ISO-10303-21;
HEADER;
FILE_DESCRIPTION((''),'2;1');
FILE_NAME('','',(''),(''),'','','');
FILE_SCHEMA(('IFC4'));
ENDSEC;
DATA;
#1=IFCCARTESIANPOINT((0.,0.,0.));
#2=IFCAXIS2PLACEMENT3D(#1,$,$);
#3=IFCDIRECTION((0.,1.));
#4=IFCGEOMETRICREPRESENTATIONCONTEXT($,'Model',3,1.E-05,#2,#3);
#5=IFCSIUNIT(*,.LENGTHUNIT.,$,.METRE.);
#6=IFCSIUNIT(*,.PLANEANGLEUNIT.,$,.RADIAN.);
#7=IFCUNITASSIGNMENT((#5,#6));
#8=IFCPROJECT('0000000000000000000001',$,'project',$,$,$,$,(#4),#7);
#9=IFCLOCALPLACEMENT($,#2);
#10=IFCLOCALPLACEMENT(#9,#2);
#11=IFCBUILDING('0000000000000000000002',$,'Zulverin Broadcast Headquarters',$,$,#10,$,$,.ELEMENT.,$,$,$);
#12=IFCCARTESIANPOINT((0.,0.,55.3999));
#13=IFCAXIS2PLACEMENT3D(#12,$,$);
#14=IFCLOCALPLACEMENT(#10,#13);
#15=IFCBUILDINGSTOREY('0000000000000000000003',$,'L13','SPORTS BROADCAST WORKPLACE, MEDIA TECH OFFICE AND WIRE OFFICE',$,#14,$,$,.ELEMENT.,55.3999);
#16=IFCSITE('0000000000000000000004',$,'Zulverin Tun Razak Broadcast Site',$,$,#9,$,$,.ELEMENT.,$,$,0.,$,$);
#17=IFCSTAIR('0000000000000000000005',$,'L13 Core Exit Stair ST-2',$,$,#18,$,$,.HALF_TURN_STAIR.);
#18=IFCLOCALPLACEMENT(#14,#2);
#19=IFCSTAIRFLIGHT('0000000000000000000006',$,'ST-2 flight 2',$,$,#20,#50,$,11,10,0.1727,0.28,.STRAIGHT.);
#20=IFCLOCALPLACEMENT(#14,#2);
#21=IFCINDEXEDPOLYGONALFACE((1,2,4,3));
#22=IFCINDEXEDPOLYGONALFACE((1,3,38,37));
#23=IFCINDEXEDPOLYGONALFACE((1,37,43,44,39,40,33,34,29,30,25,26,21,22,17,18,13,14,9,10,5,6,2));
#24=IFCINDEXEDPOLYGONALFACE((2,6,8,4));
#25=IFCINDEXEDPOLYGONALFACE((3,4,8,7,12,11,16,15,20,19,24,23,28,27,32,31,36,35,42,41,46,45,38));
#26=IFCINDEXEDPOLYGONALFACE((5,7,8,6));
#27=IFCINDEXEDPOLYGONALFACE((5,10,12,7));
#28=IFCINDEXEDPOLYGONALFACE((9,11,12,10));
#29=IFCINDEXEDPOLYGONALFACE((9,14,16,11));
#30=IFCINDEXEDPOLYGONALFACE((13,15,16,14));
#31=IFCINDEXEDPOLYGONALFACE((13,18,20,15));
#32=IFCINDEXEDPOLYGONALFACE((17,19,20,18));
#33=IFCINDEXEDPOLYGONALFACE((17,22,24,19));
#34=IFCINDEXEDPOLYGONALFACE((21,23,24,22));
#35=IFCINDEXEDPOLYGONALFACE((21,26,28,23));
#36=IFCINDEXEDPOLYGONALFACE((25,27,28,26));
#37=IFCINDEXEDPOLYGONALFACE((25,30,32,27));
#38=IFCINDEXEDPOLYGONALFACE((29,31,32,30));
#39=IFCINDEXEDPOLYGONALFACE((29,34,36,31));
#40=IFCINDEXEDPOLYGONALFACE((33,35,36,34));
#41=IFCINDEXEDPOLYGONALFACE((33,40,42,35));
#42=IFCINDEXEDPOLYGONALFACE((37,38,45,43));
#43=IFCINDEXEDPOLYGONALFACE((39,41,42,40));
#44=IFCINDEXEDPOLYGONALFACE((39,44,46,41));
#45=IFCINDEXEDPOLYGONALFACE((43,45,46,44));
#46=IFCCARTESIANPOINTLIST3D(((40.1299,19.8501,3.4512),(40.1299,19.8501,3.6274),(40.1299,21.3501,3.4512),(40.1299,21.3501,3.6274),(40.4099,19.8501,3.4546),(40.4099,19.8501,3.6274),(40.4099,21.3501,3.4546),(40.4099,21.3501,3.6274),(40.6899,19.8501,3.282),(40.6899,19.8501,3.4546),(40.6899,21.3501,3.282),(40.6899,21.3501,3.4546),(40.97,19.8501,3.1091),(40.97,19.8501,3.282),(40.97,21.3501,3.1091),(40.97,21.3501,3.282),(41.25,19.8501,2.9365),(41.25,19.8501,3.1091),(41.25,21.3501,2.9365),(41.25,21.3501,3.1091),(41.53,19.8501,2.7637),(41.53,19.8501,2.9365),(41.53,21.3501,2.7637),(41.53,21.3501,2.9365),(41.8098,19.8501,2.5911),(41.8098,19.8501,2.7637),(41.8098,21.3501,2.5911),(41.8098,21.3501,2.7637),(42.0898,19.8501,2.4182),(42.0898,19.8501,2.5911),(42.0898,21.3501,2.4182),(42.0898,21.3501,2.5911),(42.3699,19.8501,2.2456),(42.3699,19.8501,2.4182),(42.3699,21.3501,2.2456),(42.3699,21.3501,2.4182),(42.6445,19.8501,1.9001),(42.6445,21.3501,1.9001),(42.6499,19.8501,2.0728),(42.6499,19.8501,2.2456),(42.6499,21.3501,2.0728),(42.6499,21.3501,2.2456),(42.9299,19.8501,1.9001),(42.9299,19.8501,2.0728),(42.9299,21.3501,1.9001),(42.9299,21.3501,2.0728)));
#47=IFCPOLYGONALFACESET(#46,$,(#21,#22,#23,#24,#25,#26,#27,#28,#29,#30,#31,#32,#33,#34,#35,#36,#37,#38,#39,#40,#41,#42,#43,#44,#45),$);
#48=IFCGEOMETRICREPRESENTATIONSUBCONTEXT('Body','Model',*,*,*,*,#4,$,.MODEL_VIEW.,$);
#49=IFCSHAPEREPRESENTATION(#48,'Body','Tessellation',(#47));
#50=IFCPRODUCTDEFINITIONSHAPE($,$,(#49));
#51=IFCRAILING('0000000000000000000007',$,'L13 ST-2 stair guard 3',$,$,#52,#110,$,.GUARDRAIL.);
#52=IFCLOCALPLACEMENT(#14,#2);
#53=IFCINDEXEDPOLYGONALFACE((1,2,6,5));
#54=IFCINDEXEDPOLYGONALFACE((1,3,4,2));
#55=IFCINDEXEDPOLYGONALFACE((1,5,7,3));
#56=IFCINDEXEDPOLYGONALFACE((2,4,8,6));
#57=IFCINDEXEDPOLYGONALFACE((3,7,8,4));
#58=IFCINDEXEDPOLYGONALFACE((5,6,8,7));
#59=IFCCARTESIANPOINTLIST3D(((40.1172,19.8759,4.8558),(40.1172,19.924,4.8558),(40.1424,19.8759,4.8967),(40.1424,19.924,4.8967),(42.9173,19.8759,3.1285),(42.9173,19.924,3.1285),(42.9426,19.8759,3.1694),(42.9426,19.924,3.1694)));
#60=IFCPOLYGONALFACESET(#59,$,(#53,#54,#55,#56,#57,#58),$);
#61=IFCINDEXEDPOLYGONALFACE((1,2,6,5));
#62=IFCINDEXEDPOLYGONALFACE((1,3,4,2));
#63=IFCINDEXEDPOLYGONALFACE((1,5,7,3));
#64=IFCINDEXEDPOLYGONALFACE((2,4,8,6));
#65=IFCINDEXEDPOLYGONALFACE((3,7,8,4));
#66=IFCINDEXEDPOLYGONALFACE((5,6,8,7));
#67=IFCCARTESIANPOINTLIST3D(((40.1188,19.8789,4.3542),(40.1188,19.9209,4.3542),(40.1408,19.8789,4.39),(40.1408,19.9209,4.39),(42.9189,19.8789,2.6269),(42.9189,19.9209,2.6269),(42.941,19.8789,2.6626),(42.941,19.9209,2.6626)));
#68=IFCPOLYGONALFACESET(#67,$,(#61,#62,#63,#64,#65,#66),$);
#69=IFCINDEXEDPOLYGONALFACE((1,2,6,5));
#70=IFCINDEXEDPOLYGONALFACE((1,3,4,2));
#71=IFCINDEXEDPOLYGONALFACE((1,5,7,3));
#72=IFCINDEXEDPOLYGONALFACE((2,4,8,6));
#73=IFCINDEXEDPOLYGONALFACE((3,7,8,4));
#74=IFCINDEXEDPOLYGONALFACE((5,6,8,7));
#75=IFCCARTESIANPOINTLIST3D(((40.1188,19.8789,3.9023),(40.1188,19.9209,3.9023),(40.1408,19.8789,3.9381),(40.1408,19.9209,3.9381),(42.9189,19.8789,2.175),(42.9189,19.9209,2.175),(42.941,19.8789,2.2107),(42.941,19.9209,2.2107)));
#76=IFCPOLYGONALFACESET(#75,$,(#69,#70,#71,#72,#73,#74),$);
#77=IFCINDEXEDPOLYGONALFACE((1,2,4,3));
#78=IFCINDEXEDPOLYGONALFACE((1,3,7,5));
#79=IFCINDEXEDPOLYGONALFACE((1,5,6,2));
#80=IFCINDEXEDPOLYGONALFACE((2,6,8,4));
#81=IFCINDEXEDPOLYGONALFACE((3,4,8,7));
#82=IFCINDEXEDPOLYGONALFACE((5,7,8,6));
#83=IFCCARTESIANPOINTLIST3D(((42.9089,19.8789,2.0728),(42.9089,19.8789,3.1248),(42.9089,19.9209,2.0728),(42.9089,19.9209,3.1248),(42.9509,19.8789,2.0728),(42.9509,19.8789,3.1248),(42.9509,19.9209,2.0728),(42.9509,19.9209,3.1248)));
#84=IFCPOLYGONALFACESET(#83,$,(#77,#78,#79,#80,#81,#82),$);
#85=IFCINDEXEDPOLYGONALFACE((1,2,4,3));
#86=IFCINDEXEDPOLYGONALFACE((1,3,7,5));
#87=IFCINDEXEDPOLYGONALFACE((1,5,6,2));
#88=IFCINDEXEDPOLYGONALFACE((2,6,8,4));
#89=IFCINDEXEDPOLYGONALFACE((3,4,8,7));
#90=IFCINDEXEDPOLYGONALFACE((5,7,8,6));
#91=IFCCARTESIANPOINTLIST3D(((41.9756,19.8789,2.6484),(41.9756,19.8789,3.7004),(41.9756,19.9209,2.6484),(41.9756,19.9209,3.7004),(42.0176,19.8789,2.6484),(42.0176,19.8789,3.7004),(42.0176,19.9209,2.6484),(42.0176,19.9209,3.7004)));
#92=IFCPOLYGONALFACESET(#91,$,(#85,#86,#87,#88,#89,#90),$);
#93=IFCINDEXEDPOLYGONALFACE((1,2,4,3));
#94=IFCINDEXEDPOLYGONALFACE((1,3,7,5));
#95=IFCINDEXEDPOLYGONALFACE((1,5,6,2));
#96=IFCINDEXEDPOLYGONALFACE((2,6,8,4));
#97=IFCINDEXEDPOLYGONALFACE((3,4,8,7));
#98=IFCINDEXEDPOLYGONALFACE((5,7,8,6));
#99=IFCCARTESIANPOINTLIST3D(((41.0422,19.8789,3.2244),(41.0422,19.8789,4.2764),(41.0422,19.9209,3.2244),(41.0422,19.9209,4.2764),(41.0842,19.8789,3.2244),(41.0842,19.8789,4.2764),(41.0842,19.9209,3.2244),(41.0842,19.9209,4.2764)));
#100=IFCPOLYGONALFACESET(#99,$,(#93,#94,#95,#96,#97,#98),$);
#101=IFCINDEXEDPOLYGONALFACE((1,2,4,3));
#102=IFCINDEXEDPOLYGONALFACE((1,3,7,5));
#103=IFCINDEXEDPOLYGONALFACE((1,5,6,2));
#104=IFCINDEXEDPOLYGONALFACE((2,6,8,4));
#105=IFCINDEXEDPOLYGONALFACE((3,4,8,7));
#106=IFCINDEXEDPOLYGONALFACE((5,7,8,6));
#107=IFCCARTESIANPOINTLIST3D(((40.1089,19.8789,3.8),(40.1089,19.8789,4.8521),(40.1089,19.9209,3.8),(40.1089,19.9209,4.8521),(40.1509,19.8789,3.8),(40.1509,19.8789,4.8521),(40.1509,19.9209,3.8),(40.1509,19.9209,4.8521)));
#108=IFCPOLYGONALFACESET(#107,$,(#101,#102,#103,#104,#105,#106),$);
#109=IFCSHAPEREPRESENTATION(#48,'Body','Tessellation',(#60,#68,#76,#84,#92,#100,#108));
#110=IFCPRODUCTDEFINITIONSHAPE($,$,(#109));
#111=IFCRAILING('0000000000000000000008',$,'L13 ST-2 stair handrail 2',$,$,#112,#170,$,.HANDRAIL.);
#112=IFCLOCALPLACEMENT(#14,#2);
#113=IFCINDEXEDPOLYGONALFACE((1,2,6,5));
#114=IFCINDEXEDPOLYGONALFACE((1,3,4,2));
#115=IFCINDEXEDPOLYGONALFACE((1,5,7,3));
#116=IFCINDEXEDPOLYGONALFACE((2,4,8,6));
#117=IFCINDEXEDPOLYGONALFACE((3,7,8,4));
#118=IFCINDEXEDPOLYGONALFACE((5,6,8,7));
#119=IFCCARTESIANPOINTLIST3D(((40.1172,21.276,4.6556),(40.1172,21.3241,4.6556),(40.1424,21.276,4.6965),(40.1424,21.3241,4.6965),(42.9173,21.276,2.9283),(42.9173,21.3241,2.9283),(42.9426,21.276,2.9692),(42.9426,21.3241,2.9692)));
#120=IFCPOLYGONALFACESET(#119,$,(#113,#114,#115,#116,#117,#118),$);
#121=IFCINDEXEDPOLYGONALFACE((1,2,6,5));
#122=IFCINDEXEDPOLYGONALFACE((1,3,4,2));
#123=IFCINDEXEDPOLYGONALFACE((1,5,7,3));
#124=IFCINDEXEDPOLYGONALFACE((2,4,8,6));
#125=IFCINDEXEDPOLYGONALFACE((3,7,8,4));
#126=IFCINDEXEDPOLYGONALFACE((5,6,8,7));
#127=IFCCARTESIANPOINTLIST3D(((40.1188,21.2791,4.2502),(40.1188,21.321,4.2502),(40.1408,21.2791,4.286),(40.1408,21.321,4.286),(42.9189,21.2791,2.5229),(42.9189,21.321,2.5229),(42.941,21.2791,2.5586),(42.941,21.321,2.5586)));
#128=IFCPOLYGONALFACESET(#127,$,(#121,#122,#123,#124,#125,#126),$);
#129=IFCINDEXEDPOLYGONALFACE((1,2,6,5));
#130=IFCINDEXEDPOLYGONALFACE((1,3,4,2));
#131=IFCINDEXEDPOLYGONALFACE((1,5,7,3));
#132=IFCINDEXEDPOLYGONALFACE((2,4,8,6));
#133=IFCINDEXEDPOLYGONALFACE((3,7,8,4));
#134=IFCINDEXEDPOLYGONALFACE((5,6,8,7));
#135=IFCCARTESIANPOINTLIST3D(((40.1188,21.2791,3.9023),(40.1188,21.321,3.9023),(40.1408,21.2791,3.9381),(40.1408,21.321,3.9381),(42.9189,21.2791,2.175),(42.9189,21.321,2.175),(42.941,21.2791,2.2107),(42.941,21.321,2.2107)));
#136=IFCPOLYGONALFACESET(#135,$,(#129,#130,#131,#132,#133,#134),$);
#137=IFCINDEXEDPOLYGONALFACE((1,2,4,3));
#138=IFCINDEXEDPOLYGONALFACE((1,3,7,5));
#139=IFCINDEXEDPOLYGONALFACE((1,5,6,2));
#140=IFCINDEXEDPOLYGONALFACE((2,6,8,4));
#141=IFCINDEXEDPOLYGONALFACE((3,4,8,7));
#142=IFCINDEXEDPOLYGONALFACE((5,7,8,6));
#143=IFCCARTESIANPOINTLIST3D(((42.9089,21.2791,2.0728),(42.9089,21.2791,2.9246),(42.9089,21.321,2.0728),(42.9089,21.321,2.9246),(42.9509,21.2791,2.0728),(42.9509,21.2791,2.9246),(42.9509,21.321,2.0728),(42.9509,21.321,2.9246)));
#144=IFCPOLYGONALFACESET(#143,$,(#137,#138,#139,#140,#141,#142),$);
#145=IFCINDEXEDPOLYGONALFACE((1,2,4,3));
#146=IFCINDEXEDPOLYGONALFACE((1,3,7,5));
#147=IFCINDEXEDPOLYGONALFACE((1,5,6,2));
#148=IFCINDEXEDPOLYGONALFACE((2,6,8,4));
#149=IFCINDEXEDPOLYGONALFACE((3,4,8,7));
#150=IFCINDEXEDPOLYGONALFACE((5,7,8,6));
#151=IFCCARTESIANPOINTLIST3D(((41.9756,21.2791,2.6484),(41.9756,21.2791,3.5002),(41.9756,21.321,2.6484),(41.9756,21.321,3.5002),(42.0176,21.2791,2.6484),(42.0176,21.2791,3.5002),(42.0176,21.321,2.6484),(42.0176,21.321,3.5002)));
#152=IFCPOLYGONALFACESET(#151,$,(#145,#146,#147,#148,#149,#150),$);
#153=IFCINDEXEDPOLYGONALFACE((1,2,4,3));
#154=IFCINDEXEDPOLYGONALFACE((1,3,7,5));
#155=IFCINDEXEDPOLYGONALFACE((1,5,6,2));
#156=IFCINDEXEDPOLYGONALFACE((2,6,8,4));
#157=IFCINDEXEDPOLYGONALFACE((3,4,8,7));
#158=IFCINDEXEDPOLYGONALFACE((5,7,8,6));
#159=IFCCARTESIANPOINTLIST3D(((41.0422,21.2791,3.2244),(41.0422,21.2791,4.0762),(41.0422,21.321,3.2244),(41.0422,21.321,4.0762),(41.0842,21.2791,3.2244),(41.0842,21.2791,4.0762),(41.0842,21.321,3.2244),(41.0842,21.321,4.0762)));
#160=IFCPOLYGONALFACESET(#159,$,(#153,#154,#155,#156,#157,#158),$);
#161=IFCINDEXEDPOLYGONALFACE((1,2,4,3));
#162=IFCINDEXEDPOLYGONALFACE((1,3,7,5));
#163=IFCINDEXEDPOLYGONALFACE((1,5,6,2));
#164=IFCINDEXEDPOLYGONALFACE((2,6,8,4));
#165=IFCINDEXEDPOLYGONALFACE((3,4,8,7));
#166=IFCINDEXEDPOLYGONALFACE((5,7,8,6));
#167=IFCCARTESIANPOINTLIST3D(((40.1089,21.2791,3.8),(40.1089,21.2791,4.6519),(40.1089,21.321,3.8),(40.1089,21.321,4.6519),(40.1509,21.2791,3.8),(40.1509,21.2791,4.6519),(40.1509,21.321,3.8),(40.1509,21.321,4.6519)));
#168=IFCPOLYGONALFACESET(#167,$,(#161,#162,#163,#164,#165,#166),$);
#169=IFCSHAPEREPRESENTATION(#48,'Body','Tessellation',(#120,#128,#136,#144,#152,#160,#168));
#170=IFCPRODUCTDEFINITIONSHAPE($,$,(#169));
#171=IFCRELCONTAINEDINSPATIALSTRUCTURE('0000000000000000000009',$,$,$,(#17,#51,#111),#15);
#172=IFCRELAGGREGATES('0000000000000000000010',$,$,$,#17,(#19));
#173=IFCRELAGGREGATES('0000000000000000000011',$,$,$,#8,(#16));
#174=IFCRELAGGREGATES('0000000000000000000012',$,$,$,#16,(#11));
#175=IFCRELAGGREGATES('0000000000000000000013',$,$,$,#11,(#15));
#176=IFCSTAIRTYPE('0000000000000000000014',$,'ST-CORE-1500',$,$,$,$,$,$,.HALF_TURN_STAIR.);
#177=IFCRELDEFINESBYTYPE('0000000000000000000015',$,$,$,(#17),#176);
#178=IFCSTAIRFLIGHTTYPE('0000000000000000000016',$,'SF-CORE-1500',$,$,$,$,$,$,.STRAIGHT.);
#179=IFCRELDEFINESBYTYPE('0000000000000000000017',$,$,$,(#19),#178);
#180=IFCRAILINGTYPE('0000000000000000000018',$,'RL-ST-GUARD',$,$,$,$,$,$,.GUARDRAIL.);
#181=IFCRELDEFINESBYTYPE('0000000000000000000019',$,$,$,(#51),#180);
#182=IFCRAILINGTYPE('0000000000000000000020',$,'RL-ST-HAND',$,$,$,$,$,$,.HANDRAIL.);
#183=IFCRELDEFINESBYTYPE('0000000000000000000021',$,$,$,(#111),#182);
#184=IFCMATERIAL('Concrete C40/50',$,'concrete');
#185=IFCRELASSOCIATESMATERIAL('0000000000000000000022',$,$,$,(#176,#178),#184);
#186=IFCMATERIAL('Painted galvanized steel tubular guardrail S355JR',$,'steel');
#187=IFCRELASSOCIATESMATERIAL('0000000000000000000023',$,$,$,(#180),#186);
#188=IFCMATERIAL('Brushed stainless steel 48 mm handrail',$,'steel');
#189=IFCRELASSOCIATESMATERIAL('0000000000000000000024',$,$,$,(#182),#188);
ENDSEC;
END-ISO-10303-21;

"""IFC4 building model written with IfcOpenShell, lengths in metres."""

from ifc_helpers import new_model, si_unit, direction, frame, origin, origin_2d, place, context, subcontext, project, spatial, polyline, rectangle, outline, extrude, material, type_object, element, aggregate, save


model = new_model("IFC4")

# Units and contexts
model_context = context("Model", 3, precision=1e-05, world=origin(), true_north=direction((0.0, 1.0)))
body_context = subcontext(model_context, "Body", "Model", "MODEL_VIEW")
ifc_project = project(units=[si_unit("LENGTHUNIT", "METRE"), si_unit("PLANEANGLEUNIT", "RADIAN")], contexts=[model_context])

# Site, building, storey
site_placement = place(None, origin())
site = spatial("IfcSite", under=ifc_project, at=site_placement, Name="Zulverin Tun Razak Broadcast Site", CompositionType="ELEMENT", RefElevation=0.0)
building_placement = place(site_placement, origin())
building = spatial("IfcBuilding", under=site, at=building_placement, Name="Zulverin Broadcast Headquarters", CompositionType="ELEMENT")
storey_placement = place(building_placement, frame((0.0, 0.0, 55.3999)))
storey = spatial("IfcBuildingStorey", under=building, at=storey_placement, Name="L13", Description="SPORTS BROADCAST WORKPLACE, MEDIA TECH OFFICE AND WIRE OFFICE", CompositionType="ELEMENT", Elevation=55.3999)

# Shared definitions
ifc_material_1 = material(Name="Concrete C40/50", Category="concrete")

# Stair, stair flight
stair_type = type_object("IfcStairType", Name="ST-CORE-1500", PredefinedType="HALF_TURN_STAIR", material=ifc_material_1)
stair_placement = place(storey_placement, origin())
stair = element("IfcStair", 1, at=stair_placement, inside=storey, type_object=stair_type, Name="L13 Core Exit Stair ST-2", PredefinedType="HALF_TURN_STAIR")
stair_flight_type = type_object("IfcStairFlightType", Name="SF-CORE-1500", PredefinedType="STRAIGHT", material=ifc_material_1)
stair_flight_placement = place(storey_placement, frame((42.9299, 20.6001, 1.9001), z_axis=(0.0, 0.0, 1.0), x_axis=(-1.0, 0.0, 0.0)))
stair_flight = element("IfcStairFlight", 2, at=stair_flight_placement, type_object=stair_flight_type, Name="ST-2 flight 2", NumberOfRisers=11, NumberOfTreads=10, PredefinedType="STRAIGHT", RiserHeight=0.1727, TreadLength=0.28, context=body_context, shape_type="SweptSolid", body=[
    extrude(outline(polyline([(0.0, 0.0), (0.0, 0.1726), (0.28, 0.1726), (0.28, 0.3455), (0.5601, 0.3455), (0.5601, 0.5181), (0.8401, 0.5181), (0.8401, 0.6909), (1.1201, 0.6909), (1.1201, 0.8635), (1.3999, 0.8635), (1.3999, 1.0364), (1.6799, 1.0364), (1.6799, 1.209), (1.96, 1.209), (1.96, 1.3818), (2.24, 1.3818), (2.24, 1.5544), (2.52, 1.5544), (2.52, 1.7273), (2.8, 1.7273), (2.8, 1.8999), (2.8, 1.551), (0.2854, 0.0), (0.0, 0.0)])), frame((0.0, 0.75, 0.0), z_axis=(0.0, -1.0, 0.0), x_axis=(1.0, 0.0, 0.0)), (0.0, 0.0, 1.0), 1.5),
])
aggregate(stair, [stair_flight])

# Railings
ifc_material_2 = material(Name="Painted galvanized steel tubular guardrail S355JR", Category="steel")
railing_type_1 = type_object("IfcRailingType", Name="RL-ST-GUARD", PredefinedType="GUARDRAIL", material=ifc_material_2)
railing_1_placement = place(storey_placement, frame((42.9299, 19.8999, 2.0728)))
element("IfcRailing", 3, at=railing_1_placement, inside=storey, type_object=railing_type_1, Name="L13 ST-2 stair guard 3", PredefinedType="GUARDRAIL", context=body_context, shape_type="SweptSolid", body=[
    extrude(rectangle(XDim=0.0481, YDim=0.0481, at=origin_2d()), frame((0.0, 0.0, 1.0762), z_axis=(-0.85109, 0.0, 0.52502), x_axis=(0.0, -1.0, 0.0)), (0.0, 0.0, 1.0), 3.29),
    extrude(rectangle(XDim=0.042, YDim=0.042, at=origin_2d()), frame((0.0, 0.0, 0.572), z_axis=(-0.85109, 0.0, 0.52502), x_axis=(0.0, -1.0, 0.0)), (0.0, 0.0, 1.0), 3.29),
    extrude(rectangle(XDim=0.042, YDim=0.042, at=origin_2d()), frame((0.0, 0.0, 0.1201), z_axis=(-0.85109, 0.0, 0.52502), x_axis=(0.0, -1.0, 0.0)), (0.0, 0.0, 1.0), 3.29),
    extrude(rectangle(XDim=0.042, YDim=0.042, at=origin_2d()), origin(), (0.0, 0.0, 1.0), 1.052),
    extrude(rectangle(XDim=0.042, YDim=0.042, at=origin_2d()), frame((-0.9333, 0.0, 0.5757)), (0.0, 0.0, 1.0), 1.052),
    extrude(rectangle(XDim=0.042, YDim=0.042, at=origin_2d()), frame((-1.8667, 0.0, 1.1516)), (0.0, 0.0, 1.0), 1.052),
    extrude(rectangle(XDim=0.042, YDim=0.042, at=origin_2d()), frame((-2.8, 0.0, 1.7273)), (0.0, 0.0, 1.0), 1.052),
])
ifc_material_3 = material(Name="Brushed stainless steel 48 mm handrail", Category="steel")
railing_type_2 = type_object("IfcRailingType", Name="RL-ST-HAND", PredefinedType="HANDRAIL", material=ifc_material_3)
railing_2_placement = place(storey_placement, frame((42.9299, 21.3, 2.0728)))
element("IfcRailing", 4, at=railing_2_placement, inside=storey, type_object=railing_type_2, Name="L13 ST-2 stair handrail 2", PredefinedType="HANDRAIL", context=body_context, shape_type="SweptSolid", body=[
    extrude(rectangle(XDim=0.0481, YDim=0.0481, at=origin_2d()), frame((0.0, 0.0, 0.876), z_axis=(-0.85109, 0.0, 0.52502), x_axis=(0.0, -1.0, 0.0)), (0.0, 0.0, 1.0), 3.29),
    extrude(rectangle(XDim=0.042, YDim=0.042, at=origin_2d()), frame((0.0, 0.0, 0.468), z_axis=(-0.85109, 0.0, 0.52502), x_axis=(0.0, -1.0, 0.0)), (0.0, 0.0, 1.0), 3.29),
    extrude(rectangle(XDim=0.042, YDim=0.042, at=origin_2d()), frame((0.0, 0.0, 0.1201), z_axis=(-0.85109, 0.0, 0.52502), x_axis=(0.0, -1.0, 0.0)), (0.0, 0.0, 1.0), 3.29),
    extrude(rectangle(XDim=0.042, YDim=0.042, at=origin_2d()), origin(), (0.0, 0.0, 1.0), 0.8518),
    extrude(rectangle(XDim=0.042, YDim=0.042, at=origin_2d()), frame((-0.9333, 0.0, 0.5757)), (0.0, 0.0, 1.0), 0.8518),
    extrude(rectangle(XDim=0.042, YDim=0.042, at=origin_2d()), frame((-1.8667, 0.0, 1.1516)), (0.0, 0.0, 1.0), 0.8518),
    extrude(rectangle(XDim=0.042, YDim=0.042, at=origin_2d()), frame((-2.8, 0.0, 1.7273)), (0.0, 0.0, 1.0), 0.8518),
])

save(model, "model.ifc")
